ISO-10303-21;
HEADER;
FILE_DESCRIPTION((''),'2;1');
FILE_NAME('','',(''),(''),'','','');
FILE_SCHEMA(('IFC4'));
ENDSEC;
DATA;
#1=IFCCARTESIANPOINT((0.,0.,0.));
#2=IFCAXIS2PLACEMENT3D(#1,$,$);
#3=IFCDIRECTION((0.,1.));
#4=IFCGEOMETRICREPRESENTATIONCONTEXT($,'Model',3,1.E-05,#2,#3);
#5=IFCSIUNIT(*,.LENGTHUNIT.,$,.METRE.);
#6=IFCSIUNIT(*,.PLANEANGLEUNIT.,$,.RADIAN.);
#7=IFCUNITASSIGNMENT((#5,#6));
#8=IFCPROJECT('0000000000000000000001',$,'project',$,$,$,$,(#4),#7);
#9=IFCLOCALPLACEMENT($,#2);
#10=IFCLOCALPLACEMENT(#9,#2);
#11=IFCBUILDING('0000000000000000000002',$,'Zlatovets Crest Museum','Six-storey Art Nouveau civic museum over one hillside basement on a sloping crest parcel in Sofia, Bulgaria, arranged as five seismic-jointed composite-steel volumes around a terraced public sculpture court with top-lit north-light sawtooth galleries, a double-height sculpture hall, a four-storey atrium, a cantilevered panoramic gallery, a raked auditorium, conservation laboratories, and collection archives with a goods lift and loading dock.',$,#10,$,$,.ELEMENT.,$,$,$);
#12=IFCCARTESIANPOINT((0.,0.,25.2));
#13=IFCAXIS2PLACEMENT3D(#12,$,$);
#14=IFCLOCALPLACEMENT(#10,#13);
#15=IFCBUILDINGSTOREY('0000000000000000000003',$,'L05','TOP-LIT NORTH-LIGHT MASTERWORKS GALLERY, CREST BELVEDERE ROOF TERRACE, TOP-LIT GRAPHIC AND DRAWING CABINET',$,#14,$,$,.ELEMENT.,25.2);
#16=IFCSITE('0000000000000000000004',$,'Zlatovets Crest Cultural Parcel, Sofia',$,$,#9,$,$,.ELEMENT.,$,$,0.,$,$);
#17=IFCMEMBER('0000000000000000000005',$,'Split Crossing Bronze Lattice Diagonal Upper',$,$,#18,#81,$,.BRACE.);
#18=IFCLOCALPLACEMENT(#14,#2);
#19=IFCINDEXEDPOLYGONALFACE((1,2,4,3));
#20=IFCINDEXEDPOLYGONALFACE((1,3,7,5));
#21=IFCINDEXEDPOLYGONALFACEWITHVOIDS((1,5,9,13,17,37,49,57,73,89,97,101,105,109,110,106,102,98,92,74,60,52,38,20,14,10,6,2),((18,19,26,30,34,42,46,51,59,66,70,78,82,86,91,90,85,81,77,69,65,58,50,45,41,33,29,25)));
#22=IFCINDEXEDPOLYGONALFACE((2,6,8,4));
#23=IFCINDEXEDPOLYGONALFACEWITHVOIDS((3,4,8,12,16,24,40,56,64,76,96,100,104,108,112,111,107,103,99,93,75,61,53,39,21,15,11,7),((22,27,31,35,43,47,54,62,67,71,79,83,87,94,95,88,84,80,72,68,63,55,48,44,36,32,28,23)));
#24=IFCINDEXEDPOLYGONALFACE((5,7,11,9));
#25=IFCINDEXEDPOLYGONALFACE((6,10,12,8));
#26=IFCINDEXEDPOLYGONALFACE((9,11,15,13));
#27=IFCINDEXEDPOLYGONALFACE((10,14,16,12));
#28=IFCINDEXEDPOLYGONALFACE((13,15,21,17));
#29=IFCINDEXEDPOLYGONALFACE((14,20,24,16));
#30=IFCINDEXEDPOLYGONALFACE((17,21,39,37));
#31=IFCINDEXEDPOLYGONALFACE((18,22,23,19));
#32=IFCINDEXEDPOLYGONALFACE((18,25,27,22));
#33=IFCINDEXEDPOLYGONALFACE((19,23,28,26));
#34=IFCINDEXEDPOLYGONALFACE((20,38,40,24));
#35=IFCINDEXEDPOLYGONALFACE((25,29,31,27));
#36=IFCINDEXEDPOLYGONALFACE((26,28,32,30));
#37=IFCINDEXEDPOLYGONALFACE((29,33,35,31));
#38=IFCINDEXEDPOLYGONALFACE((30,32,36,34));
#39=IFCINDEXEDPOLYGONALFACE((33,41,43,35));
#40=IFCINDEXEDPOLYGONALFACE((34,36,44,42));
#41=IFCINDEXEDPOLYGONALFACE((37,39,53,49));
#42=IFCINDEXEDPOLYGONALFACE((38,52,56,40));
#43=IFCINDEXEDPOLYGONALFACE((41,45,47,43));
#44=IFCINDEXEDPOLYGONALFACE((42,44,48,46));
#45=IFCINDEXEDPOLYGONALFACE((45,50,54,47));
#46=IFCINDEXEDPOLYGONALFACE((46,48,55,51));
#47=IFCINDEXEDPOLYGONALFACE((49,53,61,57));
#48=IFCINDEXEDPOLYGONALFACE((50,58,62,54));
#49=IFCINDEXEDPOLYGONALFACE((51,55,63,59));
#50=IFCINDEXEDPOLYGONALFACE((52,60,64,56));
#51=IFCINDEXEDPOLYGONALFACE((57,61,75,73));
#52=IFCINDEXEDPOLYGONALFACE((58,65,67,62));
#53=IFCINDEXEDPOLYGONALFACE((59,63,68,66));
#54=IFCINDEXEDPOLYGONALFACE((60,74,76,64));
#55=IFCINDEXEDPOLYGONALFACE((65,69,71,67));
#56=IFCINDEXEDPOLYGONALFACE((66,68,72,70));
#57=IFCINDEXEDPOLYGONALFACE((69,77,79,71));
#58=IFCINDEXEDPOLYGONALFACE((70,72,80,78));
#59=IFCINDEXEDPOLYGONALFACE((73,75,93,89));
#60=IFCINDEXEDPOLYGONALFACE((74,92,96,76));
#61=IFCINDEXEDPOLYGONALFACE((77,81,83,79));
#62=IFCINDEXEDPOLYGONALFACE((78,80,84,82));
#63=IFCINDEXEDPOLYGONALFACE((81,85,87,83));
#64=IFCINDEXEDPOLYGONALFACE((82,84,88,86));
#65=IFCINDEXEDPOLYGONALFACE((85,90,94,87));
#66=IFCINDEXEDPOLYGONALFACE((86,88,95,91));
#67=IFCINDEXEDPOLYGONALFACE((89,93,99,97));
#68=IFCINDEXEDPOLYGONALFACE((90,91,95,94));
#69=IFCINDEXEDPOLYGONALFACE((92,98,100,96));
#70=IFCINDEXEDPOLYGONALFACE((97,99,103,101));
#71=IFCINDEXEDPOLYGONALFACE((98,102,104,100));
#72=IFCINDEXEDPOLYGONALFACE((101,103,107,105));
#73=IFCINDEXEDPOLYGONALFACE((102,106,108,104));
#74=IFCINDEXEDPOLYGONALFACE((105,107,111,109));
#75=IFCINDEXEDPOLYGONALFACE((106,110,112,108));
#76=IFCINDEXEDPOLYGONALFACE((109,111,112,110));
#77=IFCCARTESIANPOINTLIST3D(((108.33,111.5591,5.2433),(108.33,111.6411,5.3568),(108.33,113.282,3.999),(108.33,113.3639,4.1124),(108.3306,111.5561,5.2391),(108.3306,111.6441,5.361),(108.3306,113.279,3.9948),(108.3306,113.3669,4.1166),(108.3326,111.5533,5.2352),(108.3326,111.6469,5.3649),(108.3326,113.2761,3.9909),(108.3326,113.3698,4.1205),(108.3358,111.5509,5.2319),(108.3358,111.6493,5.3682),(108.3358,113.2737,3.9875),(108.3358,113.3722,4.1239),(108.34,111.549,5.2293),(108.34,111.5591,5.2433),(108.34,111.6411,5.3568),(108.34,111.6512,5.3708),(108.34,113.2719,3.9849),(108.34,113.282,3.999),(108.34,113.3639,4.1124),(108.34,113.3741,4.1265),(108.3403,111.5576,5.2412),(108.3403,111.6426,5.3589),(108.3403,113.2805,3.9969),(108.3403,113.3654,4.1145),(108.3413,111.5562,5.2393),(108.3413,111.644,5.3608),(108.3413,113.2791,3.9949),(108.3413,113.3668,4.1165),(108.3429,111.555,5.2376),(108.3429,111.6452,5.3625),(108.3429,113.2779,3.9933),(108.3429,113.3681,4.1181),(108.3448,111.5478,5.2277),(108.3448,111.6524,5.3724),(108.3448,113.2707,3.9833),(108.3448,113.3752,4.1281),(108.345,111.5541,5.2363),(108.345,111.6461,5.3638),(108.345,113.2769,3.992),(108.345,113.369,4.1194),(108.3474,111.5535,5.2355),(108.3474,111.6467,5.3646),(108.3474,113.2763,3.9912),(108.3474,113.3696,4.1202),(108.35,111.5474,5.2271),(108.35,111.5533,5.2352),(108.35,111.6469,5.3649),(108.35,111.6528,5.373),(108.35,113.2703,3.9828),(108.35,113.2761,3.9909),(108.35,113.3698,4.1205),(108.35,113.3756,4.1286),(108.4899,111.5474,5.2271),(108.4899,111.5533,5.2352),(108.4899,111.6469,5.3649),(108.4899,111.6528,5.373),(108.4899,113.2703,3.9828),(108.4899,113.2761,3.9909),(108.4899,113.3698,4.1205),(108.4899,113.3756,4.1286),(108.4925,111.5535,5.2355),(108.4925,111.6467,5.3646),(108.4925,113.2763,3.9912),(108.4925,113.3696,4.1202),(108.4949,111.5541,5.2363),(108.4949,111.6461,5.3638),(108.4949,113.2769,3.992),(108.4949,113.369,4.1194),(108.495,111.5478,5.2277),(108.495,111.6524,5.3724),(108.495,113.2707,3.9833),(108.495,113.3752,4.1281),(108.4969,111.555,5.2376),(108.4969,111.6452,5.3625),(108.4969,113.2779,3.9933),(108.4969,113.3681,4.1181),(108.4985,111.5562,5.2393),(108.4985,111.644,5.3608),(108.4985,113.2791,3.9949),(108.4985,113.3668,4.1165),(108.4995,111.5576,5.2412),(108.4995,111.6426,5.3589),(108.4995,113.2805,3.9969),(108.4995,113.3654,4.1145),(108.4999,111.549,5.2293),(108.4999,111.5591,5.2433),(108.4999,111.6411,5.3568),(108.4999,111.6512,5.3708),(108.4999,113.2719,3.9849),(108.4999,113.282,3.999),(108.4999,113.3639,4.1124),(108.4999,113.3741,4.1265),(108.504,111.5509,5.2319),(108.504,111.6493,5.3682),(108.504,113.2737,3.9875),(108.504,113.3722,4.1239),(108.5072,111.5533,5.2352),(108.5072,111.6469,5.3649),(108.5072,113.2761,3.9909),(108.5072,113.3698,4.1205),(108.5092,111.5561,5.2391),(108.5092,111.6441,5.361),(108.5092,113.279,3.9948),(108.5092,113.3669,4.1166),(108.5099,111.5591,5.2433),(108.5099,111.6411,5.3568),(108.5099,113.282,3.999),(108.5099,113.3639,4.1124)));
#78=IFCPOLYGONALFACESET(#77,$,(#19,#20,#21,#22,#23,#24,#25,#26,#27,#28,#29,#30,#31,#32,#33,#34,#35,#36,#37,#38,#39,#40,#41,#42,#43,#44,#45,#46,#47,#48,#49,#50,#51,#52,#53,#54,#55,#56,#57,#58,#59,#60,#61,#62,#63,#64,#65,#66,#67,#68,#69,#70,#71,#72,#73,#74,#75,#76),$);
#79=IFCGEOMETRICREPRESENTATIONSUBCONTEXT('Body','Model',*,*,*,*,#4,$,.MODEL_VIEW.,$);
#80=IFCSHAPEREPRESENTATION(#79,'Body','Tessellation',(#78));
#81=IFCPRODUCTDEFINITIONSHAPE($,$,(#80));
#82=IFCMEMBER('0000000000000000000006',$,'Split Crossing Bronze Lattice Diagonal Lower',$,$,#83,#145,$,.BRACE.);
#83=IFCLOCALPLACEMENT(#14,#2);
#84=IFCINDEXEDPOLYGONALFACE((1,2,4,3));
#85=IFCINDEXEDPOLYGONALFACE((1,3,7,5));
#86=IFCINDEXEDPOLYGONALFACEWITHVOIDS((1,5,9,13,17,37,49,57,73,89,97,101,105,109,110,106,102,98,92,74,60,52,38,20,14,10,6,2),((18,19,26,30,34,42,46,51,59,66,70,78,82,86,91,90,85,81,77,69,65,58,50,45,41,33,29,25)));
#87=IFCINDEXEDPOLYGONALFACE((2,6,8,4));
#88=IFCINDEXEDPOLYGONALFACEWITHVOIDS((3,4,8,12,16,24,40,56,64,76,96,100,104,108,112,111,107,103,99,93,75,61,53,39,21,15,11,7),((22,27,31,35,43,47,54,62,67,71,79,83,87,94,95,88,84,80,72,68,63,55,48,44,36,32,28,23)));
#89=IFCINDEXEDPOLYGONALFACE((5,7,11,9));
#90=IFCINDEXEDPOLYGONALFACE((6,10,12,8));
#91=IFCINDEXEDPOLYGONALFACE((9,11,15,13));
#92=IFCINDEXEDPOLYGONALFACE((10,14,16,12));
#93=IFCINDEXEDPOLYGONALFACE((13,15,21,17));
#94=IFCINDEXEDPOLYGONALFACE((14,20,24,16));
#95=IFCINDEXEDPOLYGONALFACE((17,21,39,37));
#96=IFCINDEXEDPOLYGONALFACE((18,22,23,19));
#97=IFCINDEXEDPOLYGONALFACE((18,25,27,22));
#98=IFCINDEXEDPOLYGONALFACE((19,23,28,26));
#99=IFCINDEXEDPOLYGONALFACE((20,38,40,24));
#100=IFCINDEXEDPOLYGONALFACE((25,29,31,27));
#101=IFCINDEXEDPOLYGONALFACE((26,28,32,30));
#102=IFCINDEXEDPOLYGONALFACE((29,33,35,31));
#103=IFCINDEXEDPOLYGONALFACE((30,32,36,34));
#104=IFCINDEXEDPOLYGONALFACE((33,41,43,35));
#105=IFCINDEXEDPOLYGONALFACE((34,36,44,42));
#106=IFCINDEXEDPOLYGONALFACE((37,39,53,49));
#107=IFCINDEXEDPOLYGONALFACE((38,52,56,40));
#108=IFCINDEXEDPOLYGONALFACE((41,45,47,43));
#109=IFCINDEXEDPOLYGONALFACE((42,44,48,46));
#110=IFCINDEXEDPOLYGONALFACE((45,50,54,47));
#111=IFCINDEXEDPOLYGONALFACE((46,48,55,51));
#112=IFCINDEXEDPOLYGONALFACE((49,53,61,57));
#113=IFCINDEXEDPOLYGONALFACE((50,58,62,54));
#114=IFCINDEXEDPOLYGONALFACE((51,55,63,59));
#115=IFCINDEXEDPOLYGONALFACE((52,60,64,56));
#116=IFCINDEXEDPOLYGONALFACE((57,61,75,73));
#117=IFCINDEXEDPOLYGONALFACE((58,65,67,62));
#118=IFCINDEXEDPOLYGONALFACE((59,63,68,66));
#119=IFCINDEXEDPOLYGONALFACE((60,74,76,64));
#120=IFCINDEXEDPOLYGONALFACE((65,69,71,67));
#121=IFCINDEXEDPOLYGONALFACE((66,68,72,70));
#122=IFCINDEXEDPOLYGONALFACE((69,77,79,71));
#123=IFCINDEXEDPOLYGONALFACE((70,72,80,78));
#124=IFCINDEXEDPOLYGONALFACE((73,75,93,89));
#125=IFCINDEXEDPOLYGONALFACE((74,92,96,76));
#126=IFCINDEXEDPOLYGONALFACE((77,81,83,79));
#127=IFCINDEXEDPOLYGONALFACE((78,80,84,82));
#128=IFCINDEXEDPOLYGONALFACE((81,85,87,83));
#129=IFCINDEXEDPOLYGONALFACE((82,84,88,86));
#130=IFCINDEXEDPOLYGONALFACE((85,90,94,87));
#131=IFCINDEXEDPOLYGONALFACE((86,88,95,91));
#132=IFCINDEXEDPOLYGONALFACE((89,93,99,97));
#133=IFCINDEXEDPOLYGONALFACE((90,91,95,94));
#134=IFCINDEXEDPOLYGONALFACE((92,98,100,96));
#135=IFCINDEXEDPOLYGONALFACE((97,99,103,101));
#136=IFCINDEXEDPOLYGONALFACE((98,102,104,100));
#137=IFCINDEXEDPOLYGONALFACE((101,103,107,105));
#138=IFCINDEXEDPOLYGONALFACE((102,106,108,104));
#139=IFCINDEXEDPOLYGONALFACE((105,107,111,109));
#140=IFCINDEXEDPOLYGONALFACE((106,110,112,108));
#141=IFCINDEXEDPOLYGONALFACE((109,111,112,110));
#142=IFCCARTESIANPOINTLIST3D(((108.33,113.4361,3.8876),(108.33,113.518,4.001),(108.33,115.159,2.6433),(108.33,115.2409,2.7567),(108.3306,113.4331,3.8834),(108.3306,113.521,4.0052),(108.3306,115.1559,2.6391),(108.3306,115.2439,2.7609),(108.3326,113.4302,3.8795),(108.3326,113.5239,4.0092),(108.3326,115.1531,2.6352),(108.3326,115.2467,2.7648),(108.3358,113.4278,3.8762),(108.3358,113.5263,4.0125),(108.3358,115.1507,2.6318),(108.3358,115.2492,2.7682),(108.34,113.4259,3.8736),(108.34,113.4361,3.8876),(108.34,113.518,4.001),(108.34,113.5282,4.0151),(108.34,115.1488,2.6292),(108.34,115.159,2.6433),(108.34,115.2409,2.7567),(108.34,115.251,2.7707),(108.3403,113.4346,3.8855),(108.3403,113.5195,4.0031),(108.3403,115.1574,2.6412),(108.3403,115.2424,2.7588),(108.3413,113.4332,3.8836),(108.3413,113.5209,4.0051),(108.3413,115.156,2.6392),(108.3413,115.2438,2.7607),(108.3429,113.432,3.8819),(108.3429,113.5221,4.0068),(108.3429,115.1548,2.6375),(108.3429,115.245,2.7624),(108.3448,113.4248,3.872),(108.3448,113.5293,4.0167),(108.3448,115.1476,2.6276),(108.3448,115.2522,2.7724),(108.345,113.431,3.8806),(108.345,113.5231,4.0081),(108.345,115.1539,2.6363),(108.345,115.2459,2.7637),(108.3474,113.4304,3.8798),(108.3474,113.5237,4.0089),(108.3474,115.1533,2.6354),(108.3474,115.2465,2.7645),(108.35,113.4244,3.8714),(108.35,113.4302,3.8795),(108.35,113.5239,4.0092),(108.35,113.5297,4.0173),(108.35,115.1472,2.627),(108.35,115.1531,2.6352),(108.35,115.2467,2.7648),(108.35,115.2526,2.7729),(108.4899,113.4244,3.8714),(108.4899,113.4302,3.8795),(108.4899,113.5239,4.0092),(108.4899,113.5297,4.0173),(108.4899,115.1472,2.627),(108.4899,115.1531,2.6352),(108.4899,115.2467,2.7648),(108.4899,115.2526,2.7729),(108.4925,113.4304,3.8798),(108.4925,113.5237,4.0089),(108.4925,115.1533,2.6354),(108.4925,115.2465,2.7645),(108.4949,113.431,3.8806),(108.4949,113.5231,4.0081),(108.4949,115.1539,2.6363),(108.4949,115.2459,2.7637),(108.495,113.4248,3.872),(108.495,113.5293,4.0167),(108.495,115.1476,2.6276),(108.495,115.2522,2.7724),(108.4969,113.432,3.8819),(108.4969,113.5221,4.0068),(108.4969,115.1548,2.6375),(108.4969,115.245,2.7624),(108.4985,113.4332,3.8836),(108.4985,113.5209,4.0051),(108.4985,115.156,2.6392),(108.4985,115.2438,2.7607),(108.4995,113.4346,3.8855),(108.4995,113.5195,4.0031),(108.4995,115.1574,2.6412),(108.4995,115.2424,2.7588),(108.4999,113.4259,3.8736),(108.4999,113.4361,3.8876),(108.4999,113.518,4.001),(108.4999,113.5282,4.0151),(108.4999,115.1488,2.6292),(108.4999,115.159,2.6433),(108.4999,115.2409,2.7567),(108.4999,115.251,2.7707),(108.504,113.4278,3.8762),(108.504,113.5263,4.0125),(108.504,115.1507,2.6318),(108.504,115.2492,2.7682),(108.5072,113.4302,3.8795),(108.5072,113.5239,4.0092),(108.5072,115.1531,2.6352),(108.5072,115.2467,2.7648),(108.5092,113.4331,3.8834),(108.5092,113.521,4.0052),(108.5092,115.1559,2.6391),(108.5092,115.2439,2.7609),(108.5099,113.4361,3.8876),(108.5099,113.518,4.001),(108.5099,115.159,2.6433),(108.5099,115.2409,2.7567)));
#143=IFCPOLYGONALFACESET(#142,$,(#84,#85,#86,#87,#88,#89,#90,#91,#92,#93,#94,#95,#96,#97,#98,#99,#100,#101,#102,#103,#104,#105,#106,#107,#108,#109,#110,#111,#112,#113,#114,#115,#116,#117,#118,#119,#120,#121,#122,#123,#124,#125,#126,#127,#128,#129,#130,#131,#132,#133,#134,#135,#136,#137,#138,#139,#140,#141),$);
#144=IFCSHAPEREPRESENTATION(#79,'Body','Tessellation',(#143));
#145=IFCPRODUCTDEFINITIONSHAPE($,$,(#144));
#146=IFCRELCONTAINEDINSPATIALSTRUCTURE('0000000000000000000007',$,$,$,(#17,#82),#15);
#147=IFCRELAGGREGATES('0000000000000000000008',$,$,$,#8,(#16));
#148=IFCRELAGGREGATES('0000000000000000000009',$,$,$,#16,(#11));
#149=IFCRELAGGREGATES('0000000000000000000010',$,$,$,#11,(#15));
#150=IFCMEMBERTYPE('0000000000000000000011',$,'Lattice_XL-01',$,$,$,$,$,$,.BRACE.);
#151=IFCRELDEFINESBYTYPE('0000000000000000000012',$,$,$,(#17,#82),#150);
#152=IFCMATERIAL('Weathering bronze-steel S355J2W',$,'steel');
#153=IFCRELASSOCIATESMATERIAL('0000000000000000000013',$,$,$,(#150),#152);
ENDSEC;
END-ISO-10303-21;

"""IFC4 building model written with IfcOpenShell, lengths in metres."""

from ifc_helpers import new_model, si_unit, direction, frame, origin, origin_2d, place, context, subcontext, project, spatial, hollow_rectangle, extrude, material, material_profile, profile_set, type_object, element, save


model = new_model("IFC4")

# Units and contexts
model_context = context("Model", 3, precision=1e-05, world=origin(), true_north=direction((0.0, 1.0)))
body_context = subcontext(model_context, "Body", "Model", "MODEL_VIEW")
ifc_project = project(units=[si_unit("LENGTHUNIT", "METRE"), si_unit("PLANEANGLEUNIT", "RADIAN")], contexts=[model_context])

# Site, building, storey
site_placement = place(None, origin())
site = spatial("IfcSite", under=ifc_project, at=site_placement, Name="Zlatovets Crest Cultural Parcel, Sofia", CompositionType="ELEMENT", RefElevation=0.0)
building_placement = place(site_placement, origin())
building = spatial("IfcBuilding", under=site, at=building_placement, Name="Zlatovets Crest Museum", Description="Six-storey Art Nouveau civic museum over one hillside basement on a sloping crest parcel in Sofia, Bulgaria, arranged as five seismic-jointed composite-steel volumes around a terraced public sculpture court with top-lit north-light sawtooth galleries, a double-height sculpture hall, a four-storey atrium, a cantilevered panoramic gallery, a raked auditorium, conservation laboratories, and collection archives with a goods lift and loading dock.", CompositionType="ELEMENT")
storey_placement = place(building_placement, frame((0.0, 0.0, 25.2)))
storey = spatial("IfcBuildingStorey", under=building, at=storey_placement, Name="L05", Description="TOP-LIT NORTH-LIGHT MASTERWORKS GALLERY, CREST BELVEDERE ROOF TERRACE, TOP-LIT GRAPHIC AND DRAWING CABINET", CompositionType="ELEMENT", Elevation=25.2)

# Members
ifc_material_1 = material(Name="Weathering bronze-steel S355J2W", Category="steel")
ifc_material_profile_1 = material_profile(ifc_material_1, hollow_rectangle(XDim=0.1799, YDim=0.1799, WallThickness=0.01, InnerFilletRadius=0.01, OuterFilletRadius=0.02, at=origin_2d()), Name="SHS 180x180x10.0")
ifc_profile_set_1 = profile_set([ifc_material_profile_1], Name="Weathering bronze-steel S355J2W")
member_type_1 = type_object("IfcMemberType", Name="Lattice_XL-01", PredefinedType="BRACE", material=ifc_profile_set_1)
for number, where, z_axis, x_axis, name in (
    (1, (108.4199, 111.6001, 5.3), (0.0, 0.810664, -0.585512), (-1.0, 0.0, 0.0), "Split Crossing Bronze Lattice Diagonal Upper"),
    (2, (108.4199, 113.4771, 3.9443), (0.0, 0.810664, -0.585512), (-1.0, 0.0, 0.0), "Split Crossing Bronze Lattice Diagonal Lower"),
):
    element("IfcMember", number, at=place(storey_placement, frame(where, z_axis=z_axis, x_axis=x_axis)), inside=storey, type_object=member_type_1, Name=name, PredefinedType="BRACE", context=body_context, shape_type="SweptSolid", body=[
        extrude(hollow_rectangle(XDim=0.1799, YDim=0.1799, WallThickness=0.01, InnerFilletRadius=0.01, OuterFilletRadius=0.02, at=origin_2d()), origin(), (0.0, 0.0, 1.0), 2.1252),
    ])

save(model, "model.ifc")
